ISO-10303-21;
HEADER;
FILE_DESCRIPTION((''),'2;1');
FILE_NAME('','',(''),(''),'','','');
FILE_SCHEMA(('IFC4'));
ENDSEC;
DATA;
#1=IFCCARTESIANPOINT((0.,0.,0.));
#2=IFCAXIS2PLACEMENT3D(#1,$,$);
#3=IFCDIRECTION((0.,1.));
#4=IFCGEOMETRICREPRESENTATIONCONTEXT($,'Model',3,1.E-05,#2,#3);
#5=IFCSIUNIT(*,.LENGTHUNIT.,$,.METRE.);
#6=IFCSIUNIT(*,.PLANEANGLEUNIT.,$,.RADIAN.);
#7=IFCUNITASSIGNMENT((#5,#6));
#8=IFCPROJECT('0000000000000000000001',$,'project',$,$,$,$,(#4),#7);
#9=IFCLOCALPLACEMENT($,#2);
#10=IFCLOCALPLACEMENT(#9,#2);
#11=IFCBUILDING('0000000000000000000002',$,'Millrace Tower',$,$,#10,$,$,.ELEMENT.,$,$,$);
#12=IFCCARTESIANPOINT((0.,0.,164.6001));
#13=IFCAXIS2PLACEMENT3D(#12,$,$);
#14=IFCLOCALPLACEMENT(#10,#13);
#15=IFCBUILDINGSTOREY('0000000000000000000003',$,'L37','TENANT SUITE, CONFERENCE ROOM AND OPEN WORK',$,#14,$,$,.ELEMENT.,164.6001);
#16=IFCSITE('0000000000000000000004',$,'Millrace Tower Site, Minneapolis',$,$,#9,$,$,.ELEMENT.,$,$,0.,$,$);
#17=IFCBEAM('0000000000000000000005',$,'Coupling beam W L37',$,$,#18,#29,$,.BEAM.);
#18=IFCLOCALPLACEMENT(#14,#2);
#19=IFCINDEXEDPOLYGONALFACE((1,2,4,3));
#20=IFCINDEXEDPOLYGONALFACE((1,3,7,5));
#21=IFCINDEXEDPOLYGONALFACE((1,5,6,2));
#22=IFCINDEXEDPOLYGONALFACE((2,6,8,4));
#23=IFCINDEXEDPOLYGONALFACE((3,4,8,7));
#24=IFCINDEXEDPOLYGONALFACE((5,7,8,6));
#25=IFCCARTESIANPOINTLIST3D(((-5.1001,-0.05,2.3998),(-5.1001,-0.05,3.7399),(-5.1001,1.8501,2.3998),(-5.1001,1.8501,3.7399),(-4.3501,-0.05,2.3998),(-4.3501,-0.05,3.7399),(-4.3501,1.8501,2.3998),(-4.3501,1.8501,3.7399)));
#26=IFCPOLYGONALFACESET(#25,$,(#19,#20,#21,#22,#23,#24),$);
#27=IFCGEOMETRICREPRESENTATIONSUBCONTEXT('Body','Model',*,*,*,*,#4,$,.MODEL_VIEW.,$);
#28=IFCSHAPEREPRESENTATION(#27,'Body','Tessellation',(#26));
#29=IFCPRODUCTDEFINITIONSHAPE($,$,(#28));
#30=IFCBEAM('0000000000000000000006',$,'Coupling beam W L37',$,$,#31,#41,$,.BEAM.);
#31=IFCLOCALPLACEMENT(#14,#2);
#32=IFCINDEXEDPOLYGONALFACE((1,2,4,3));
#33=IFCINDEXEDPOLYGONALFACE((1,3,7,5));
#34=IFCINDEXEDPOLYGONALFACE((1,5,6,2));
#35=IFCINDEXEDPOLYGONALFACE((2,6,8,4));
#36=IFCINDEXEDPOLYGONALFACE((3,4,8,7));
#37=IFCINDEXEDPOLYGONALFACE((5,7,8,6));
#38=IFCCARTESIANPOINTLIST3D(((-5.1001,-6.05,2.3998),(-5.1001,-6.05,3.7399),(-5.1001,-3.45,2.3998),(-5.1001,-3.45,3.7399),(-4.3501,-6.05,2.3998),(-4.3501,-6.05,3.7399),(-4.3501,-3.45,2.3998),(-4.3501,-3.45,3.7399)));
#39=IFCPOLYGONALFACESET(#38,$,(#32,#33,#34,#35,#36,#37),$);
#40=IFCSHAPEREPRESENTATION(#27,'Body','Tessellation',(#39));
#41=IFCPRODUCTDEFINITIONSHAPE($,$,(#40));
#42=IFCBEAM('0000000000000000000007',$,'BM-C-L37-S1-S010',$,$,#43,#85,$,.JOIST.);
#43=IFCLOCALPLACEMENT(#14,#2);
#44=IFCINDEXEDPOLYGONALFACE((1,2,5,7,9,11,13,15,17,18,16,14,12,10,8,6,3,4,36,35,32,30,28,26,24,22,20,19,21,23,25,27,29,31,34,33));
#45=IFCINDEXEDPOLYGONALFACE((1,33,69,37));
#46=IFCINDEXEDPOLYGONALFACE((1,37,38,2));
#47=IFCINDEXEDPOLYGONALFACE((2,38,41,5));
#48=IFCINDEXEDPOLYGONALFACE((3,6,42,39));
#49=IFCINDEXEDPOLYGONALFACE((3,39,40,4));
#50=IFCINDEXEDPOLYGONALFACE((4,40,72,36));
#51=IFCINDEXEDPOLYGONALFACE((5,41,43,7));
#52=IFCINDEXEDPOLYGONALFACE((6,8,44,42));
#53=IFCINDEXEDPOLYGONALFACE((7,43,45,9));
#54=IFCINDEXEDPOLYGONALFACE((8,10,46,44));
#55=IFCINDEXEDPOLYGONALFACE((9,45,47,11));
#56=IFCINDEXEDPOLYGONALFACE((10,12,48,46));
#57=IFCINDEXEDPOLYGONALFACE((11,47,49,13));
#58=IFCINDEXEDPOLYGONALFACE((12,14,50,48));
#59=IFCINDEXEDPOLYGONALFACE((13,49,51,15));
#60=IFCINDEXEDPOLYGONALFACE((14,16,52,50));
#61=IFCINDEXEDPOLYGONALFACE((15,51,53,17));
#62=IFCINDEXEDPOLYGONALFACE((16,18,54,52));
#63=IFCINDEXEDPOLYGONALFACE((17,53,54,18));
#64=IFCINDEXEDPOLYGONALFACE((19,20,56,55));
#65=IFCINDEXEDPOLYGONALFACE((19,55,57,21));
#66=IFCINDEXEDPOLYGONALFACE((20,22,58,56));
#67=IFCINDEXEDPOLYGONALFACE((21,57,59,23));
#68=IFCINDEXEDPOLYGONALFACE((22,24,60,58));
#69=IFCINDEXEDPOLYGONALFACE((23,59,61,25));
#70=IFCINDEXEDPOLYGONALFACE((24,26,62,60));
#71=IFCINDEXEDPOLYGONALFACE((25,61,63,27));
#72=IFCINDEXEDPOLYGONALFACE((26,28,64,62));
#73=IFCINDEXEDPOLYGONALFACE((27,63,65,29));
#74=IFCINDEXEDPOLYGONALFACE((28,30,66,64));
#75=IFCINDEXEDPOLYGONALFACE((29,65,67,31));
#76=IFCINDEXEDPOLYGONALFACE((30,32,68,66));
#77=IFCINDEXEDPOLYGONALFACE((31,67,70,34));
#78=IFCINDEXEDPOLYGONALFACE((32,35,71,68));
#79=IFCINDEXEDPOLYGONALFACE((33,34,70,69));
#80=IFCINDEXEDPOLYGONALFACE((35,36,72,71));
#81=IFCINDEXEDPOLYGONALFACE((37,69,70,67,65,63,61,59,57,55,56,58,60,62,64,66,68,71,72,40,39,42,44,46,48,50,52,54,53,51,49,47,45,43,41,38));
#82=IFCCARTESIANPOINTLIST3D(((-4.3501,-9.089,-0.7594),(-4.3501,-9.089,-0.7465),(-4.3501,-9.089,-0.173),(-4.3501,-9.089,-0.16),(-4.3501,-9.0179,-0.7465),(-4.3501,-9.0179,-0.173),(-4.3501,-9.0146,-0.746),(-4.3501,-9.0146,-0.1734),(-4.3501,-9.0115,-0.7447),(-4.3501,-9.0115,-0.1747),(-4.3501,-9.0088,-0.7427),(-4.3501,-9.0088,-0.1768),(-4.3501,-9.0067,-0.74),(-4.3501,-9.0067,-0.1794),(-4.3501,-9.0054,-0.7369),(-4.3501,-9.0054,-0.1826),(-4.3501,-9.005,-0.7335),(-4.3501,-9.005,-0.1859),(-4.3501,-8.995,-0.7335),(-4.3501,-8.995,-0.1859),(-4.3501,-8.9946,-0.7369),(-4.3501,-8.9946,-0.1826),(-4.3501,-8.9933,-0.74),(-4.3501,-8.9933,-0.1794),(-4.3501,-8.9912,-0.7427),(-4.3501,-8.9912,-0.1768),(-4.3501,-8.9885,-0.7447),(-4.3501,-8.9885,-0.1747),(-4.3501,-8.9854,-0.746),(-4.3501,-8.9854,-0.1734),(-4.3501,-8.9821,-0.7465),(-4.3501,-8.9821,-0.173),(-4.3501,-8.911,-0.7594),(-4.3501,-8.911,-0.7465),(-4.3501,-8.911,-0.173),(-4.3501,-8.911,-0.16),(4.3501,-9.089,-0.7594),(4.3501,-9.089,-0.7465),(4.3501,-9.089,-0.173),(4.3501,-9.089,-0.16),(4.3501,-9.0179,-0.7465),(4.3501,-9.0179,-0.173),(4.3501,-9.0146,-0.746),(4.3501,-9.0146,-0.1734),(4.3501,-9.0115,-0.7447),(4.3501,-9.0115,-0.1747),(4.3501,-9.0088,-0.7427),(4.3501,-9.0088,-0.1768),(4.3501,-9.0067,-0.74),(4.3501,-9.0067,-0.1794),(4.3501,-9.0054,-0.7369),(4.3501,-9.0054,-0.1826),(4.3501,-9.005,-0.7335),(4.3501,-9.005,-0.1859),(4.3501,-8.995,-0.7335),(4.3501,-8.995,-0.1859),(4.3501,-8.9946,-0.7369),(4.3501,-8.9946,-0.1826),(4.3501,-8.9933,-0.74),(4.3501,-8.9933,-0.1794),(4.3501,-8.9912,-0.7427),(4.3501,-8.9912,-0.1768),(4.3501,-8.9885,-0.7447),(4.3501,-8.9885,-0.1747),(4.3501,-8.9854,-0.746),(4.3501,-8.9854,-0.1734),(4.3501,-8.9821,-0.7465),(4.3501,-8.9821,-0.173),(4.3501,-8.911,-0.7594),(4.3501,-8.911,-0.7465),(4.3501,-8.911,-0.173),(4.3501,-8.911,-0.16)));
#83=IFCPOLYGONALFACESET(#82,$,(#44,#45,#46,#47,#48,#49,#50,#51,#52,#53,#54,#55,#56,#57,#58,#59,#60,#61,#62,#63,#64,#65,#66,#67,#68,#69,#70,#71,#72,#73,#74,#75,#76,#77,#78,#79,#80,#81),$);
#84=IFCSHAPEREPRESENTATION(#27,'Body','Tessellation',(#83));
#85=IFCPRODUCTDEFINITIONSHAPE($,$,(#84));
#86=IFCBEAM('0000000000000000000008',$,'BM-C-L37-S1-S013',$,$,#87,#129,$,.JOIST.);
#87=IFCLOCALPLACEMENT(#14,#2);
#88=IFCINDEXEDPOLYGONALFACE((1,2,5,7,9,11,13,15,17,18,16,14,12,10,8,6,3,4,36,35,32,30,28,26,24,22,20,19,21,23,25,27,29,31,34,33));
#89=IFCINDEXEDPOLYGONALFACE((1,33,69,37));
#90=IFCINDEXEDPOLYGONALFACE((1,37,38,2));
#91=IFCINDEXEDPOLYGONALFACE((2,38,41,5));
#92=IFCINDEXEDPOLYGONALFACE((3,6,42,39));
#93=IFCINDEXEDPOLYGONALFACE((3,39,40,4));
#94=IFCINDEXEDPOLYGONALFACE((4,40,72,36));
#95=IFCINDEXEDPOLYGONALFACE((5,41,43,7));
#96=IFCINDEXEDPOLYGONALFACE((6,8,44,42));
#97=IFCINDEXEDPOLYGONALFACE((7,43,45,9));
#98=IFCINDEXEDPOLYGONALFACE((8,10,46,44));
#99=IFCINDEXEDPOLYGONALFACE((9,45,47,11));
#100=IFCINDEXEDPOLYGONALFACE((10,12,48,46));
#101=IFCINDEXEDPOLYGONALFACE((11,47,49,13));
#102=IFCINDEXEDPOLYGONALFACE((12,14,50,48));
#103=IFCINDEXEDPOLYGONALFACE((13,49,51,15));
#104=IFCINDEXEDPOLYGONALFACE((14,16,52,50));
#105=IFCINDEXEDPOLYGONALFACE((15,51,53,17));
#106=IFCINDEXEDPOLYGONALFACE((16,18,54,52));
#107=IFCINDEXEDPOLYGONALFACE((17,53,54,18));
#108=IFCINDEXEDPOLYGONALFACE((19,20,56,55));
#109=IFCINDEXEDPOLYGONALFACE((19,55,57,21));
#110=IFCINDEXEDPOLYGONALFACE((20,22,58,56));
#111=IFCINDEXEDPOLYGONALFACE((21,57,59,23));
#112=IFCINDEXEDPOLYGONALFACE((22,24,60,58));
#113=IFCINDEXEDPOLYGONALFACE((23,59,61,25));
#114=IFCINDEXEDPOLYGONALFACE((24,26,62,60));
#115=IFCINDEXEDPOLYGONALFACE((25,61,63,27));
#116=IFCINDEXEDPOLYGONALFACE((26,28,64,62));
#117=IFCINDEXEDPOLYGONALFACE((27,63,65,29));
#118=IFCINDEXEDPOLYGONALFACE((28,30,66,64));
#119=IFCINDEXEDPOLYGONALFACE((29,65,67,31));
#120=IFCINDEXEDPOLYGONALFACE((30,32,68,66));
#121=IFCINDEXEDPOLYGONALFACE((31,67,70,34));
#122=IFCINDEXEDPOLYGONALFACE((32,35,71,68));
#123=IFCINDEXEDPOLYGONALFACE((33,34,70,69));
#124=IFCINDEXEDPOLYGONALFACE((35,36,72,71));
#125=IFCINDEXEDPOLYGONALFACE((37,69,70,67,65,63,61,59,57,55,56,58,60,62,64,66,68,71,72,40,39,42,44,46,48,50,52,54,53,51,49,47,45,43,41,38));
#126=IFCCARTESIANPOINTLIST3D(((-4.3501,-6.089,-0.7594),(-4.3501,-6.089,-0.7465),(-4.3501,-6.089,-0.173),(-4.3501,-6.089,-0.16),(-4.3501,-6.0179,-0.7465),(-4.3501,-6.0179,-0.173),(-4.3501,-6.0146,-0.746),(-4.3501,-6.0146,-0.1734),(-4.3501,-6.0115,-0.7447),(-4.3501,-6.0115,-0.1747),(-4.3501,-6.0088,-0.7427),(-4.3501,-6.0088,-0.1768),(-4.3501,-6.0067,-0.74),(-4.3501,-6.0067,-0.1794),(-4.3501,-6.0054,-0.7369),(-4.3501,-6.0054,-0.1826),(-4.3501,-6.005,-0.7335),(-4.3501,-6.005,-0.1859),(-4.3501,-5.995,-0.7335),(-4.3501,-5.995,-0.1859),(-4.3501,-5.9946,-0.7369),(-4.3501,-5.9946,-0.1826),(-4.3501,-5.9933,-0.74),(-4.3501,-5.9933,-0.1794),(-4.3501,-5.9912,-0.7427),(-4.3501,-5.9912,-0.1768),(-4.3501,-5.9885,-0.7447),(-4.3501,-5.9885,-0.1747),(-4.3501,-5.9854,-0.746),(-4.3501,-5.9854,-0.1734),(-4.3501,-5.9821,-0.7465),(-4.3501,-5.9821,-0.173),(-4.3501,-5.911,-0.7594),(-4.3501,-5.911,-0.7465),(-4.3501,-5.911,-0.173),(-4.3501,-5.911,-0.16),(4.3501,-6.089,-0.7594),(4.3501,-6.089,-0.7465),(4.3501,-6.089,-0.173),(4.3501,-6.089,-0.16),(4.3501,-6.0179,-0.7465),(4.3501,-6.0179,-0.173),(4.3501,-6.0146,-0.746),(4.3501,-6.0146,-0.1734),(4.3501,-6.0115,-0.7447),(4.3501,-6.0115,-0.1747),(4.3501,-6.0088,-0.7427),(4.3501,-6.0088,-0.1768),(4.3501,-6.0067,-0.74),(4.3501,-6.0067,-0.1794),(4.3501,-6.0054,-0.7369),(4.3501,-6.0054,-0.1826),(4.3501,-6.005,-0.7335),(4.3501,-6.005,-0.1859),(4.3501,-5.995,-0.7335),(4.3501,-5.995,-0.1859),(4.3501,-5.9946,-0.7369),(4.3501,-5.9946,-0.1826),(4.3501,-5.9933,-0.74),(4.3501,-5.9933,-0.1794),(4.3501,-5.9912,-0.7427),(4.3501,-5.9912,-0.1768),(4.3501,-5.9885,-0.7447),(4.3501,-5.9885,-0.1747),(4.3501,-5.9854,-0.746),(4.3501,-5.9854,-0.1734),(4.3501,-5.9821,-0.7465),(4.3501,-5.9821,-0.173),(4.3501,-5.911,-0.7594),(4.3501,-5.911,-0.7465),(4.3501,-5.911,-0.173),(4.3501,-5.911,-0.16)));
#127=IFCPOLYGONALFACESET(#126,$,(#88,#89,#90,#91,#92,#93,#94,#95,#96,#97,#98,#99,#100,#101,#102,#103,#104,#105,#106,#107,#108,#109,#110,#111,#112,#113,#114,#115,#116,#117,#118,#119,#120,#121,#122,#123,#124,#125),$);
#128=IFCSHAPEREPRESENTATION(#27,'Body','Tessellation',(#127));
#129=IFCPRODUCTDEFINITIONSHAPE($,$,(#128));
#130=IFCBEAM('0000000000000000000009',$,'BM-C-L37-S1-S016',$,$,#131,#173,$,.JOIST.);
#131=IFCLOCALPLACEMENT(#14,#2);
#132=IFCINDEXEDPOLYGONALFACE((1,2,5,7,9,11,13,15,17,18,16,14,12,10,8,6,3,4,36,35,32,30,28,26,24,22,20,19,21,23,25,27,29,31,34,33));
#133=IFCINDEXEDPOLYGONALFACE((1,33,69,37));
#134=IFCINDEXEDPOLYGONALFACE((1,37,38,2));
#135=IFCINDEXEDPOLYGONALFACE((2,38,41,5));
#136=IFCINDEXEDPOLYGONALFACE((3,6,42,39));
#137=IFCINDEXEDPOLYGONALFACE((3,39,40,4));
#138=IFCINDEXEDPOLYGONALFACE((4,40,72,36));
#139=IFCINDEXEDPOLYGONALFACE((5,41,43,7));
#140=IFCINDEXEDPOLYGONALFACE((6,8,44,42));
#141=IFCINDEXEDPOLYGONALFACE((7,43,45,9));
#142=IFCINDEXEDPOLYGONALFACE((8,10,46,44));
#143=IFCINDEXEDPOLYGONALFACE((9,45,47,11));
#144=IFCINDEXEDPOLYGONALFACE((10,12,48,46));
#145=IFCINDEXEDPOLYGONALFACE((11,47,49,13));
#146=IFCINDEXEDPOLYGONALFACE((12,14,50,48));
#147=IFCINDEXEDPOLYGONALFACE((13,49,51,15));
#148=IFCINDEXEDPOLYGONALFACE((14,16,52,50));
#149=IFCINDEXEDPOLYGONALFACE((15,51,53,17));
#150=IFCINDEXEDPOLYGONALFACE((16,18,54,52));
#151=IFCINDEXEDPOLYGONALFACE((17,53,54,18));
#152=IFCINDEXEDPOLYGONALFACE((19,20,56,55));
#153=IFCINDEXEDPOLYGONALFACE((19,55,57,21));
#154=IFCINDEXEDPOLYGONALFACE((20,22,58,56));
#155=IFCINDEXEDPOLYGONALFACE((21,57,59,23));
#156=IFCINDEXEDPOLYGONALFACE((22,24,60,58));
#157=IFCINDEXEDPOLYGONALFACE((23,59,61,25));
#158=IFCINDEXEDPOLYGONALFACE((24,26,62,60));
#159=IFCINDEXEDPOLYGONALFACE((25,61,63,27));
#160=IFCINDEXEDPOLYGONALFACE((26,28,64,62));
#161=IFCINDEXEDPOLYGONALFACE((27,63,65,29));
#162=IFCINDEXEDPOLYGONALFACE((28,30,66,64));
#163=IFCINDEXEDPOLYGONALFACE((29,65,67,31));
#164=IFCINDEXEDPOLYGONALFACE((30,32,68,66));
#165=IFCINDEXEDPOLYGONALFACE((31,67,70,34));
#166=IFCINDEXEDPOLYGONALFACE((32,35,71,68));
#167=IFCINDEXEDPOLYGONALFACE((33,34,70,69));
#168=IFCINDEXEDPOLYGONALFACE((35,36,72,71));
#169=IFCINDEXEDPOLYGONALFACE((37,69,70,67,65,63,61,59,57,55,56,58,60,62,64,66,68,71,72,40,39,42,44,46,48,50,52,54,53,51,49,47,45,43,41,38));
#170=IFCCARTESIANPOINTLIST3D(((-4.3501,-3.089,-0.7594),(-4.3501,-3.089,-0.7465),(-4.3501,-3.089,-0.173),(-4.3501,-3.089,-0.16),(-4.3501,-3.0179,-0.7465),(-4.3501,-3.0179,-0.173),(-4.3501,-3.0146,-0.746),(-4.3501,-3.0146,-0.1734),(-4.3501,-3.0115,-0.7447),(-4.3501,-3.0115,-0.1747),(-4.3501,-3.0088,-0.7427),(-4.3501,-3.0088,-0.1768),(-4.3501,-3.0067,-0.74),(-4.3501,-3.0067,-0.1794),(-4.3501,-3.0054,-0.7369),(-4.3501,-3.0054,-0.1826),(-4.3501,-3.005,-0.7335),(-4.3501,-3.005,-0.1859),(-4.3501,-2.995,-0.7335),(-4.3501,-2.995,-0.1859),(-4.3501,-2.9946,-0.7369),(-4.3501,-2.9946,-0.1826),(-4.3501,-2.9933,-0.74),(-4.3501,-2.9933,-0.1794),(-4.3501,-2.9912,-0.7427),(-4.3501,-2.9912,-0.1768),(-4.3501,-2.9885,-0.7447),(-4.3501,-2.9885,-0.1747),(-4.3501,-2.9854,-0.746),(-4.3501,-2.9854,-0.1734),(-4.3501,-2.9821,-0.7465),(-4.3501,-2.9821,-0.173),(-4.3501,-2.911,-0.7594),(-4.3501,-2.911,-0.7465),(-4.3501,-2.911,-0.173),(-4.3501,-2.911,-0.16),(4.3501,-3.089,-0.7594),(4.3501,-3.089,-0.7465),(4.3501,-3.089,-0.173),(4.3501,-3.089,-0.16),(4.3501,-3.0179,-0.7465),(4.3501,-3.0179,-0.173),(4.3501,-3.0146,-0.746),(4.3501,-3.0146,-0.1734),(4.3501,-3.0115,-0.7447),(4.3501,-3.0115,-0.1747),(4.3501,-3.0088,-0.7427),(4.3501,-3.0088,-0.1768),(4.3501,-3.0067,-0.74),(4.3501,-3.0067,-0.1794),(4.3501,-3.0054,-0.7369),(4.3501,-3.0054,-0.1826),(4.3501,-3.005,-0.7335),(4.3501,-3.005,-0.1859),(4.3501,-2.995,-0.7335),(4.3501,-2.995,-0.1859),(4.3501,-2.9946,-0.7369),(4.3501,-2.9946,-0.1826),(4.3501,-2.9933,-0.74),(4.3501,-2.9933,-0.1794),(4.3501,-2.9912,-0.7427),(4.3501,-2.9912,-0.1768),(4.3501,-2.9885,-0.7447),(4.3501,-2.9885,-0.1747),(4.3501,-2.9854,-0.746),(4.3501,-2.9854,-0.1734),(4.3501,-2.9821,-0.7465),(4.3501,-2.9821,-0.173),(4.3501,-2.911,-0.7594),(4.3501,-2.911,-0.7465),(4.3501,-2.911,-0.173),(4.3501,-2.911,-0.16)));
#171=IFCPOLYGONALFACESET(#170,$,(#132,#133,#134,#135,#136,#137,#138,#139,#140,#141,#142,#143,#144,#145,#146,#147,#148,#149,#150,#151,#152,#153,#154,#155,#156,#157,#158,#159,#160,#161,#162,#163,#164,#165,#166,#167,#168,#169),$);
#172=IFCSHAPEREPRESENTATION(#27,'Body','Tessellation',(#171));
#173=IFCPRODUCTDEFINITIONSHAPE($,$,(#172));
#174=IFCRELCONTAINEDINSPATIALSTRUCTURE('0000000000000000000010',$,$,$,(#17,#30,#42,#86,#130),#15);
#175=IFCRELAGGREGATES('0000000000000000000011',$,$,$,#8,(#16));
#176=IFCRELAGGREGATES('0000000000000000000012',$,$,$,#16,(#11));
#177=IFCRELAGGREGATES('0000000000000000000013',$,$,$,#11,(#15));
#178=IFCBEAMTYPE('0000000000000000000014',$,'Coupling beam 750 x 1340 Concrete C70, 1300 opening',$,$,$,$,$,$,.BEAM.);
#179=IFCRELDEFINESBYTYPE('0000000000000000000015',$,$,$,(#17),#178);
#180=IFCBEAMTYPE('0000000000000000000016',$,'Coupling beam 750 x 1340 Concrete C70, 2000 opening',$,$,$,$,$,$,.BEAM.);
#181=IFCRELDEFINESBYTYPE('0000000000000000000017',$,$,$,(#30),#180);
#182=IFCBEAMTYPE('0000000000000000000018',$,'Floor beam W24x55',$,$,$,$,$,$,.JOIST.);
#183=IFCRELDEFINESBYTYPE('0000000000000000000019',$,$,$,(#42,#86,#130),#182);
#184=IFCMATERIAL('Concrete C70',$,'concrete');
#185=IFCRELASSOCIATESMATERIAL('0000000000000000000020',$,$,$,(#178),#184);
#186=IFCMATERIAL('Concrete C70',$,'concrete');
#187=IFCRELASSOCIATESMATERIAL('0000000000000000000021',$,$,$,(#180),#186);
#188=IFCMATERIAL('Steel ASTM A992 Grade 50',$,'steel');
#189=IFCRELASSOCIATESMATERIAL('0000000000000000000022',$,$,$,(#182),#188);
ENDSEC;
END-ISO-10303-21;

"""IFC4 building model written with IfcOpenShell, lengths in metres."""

from ifc_helpers import new_model, si_unit, direction, frame, origin, origin_2d, place, context, subcontext, project, spatial, rectangle, i_section, extrude, material, material_profile, profile_set, type_object, element, save


model = new_model("IFC4")

# Units and contexts
model_context = context("Model", 3, precision=1e-05, world=origin(), true_north=direction((0.0, 1.0)))
body_context = subcontext(model_context, "Body", "Model", "MODEL_VIEW")
ifc_project = project(units=[si_unit("LENGTHUNIT", "METRE"), si_unit("PLANEANGLEUNIT", "RADIAN")], contexts=[model_context])

# Site, building, storey
site_placement = place(None, origin())
site = spatial("IfcSite", under=ifc_project, at=site_placement, Name="Millrace Tower Site, Minneapolis", CompositionType="ELEMENT", RefElevation=0.0)
building_placement = place(site_placement, origin())
building = spatial("IfcBuilding", under=site, at=building_placement, Name="Millrace Tower", CompositionType="ELEMENT")
storey_placement = place(building_placement, frame((0.0, 0.0, 164.6001)))
storey = spatial("IfcBuildingStorey", under=building, at=storey_placement, Name="L37", Description="TENANT SUITE, CONFERENCE ROOM AND OPEN WORK", CompositionType="ELEMENT", Elevation=164.6001)

# Beams
ifc_material_1 = material(Name="Concrete C70", Category="concrete")
ifc_material_profile_1 = material_profile(ifc_material_1, rectangle(XDim=0.75, YDim=1.3401, at=origin_2d()))
ifc_profile_set_1 = profile_set([ifc_material_profile_1], Name="Concrete C70")
beam_type_1 = type_object("IfcBeamType", Name="Coupling beam 750 x 1340 Concrete C70, 1300 opening", PredefinedType="BEAM", material=ifc_profile_set_1)
beam_1_placement = place(storey_placement, frame((-4.7251, -0.05, 3.0698), z_axis=(0.0, 1.0, 0.0), x_axis=(-1.0, 0.0, 0.0)))
element("IfcBeam", 1, at=beam_1_placement, inside=storey, type_object=beam_type_1, Name="Coupling beam W L37", PredefinedType="BEAM", context=body_context, shape_type="SweptSolid", body=[
    extrude(rectangle(XDim=0.75, YDim=1.3401, at=origin_2d()), origin(), (0.0, 0.0, 1.0), 1.9001),
])
ifc_material_2 = material(Name="Concrete C70", Category="concrete")
ifc_material_profile_2 = material_profile(ifc_material_2, rectangle(XDim=0.75, YDim=1.3401, at=origin_2d()))
ifc_profile_set_2 = profile_set([ifc_material_profile_2], Name="Concrete C70")
beam_type_2 = type_object("IfcBeamType", Name="Coupling beam 750 x 1340 Concrete C70, 2000 opening", PredefinedType="BEAM", material=ifc_profile_set_2)
beam_2_placement = place(storey_placement, frame((-4.7251, -6.05, 3.0698), z_axis=(0.0, 1.0, 0.0), x_axis=(-1.0, 0.0, 0.0)))
element("IfcBeam", 2, at=beam_2_placement, inside=storey, type_object=beam_type_2, Name="Coupling beam W L37", PredefinedType="BEAM", context=body_context, shape_type="SweptSolid", body=[
    extrude(rectangle(XDim=0.75, YDim=1.3401, at=origin_2d()), origin(), (0.0, 0.0, 1.0), 2.6001),
])
ifc_material_3 = material(Name="Steel ASTM A992 Grade 50", Category="steel")
ifc_material_profile_3 = material_profile(ifc_material_3, i_section(OverallWidth=0.178, OverallDepth=0.5994, WebThickness=0.01, FlangeThickness=0.0129, FilletRadius=0.0129, at=origin_2d()))
ifc_profile_set_3 = profile_set([ifc_material_profile_3], Name="Steel ASTM A992 Grade 50")
beam_type_3 = type_object("IfcBeamType", Name="Floor beam W24x55", PredefinedType="JOIST", material=ifc_profile_set_3)
for number, where, z_axis, x_axis, name in (
    (3, (-4.3501, -9.0, -0.4597), (1.0, 0.0, 0.0), (0.0, 1.0, 0.0), "BM-C-L37-S1-S010"),
    (4, (-4.3501, -6.0, -0.4597), (1.0, 0.0, 0.0), (0.0, 1.0, 0.0), "BM-C-L37-S1-S013"),
    (5, (-4.3501, -3.0, -0.4597), (1.0, 0.0, 0.0), (0.0, 1.0, 0.0), "BM-C-L37-S1-S016"),
):
    element("IfcBeam", number, at=place(storey_placement, frame(where, z_axis=z_axis, x_axis=x_axis)), inside=storey, type_object=beam_type_3, Name=name, PredefinedType="JOIST", context=body_context, shape_type="SweptSolid", body=[
        extrude(i_section(OverallWidth=0.178, OverallDepth=0.5994, WebThickness=0.01, FlangeThickness=0.0129, FilletRadius=0.0129, at=origin_2d()), origin(), (0.0, 0.0, 1.0), 8.7002),
    ])

save(model, "model.ifc")
